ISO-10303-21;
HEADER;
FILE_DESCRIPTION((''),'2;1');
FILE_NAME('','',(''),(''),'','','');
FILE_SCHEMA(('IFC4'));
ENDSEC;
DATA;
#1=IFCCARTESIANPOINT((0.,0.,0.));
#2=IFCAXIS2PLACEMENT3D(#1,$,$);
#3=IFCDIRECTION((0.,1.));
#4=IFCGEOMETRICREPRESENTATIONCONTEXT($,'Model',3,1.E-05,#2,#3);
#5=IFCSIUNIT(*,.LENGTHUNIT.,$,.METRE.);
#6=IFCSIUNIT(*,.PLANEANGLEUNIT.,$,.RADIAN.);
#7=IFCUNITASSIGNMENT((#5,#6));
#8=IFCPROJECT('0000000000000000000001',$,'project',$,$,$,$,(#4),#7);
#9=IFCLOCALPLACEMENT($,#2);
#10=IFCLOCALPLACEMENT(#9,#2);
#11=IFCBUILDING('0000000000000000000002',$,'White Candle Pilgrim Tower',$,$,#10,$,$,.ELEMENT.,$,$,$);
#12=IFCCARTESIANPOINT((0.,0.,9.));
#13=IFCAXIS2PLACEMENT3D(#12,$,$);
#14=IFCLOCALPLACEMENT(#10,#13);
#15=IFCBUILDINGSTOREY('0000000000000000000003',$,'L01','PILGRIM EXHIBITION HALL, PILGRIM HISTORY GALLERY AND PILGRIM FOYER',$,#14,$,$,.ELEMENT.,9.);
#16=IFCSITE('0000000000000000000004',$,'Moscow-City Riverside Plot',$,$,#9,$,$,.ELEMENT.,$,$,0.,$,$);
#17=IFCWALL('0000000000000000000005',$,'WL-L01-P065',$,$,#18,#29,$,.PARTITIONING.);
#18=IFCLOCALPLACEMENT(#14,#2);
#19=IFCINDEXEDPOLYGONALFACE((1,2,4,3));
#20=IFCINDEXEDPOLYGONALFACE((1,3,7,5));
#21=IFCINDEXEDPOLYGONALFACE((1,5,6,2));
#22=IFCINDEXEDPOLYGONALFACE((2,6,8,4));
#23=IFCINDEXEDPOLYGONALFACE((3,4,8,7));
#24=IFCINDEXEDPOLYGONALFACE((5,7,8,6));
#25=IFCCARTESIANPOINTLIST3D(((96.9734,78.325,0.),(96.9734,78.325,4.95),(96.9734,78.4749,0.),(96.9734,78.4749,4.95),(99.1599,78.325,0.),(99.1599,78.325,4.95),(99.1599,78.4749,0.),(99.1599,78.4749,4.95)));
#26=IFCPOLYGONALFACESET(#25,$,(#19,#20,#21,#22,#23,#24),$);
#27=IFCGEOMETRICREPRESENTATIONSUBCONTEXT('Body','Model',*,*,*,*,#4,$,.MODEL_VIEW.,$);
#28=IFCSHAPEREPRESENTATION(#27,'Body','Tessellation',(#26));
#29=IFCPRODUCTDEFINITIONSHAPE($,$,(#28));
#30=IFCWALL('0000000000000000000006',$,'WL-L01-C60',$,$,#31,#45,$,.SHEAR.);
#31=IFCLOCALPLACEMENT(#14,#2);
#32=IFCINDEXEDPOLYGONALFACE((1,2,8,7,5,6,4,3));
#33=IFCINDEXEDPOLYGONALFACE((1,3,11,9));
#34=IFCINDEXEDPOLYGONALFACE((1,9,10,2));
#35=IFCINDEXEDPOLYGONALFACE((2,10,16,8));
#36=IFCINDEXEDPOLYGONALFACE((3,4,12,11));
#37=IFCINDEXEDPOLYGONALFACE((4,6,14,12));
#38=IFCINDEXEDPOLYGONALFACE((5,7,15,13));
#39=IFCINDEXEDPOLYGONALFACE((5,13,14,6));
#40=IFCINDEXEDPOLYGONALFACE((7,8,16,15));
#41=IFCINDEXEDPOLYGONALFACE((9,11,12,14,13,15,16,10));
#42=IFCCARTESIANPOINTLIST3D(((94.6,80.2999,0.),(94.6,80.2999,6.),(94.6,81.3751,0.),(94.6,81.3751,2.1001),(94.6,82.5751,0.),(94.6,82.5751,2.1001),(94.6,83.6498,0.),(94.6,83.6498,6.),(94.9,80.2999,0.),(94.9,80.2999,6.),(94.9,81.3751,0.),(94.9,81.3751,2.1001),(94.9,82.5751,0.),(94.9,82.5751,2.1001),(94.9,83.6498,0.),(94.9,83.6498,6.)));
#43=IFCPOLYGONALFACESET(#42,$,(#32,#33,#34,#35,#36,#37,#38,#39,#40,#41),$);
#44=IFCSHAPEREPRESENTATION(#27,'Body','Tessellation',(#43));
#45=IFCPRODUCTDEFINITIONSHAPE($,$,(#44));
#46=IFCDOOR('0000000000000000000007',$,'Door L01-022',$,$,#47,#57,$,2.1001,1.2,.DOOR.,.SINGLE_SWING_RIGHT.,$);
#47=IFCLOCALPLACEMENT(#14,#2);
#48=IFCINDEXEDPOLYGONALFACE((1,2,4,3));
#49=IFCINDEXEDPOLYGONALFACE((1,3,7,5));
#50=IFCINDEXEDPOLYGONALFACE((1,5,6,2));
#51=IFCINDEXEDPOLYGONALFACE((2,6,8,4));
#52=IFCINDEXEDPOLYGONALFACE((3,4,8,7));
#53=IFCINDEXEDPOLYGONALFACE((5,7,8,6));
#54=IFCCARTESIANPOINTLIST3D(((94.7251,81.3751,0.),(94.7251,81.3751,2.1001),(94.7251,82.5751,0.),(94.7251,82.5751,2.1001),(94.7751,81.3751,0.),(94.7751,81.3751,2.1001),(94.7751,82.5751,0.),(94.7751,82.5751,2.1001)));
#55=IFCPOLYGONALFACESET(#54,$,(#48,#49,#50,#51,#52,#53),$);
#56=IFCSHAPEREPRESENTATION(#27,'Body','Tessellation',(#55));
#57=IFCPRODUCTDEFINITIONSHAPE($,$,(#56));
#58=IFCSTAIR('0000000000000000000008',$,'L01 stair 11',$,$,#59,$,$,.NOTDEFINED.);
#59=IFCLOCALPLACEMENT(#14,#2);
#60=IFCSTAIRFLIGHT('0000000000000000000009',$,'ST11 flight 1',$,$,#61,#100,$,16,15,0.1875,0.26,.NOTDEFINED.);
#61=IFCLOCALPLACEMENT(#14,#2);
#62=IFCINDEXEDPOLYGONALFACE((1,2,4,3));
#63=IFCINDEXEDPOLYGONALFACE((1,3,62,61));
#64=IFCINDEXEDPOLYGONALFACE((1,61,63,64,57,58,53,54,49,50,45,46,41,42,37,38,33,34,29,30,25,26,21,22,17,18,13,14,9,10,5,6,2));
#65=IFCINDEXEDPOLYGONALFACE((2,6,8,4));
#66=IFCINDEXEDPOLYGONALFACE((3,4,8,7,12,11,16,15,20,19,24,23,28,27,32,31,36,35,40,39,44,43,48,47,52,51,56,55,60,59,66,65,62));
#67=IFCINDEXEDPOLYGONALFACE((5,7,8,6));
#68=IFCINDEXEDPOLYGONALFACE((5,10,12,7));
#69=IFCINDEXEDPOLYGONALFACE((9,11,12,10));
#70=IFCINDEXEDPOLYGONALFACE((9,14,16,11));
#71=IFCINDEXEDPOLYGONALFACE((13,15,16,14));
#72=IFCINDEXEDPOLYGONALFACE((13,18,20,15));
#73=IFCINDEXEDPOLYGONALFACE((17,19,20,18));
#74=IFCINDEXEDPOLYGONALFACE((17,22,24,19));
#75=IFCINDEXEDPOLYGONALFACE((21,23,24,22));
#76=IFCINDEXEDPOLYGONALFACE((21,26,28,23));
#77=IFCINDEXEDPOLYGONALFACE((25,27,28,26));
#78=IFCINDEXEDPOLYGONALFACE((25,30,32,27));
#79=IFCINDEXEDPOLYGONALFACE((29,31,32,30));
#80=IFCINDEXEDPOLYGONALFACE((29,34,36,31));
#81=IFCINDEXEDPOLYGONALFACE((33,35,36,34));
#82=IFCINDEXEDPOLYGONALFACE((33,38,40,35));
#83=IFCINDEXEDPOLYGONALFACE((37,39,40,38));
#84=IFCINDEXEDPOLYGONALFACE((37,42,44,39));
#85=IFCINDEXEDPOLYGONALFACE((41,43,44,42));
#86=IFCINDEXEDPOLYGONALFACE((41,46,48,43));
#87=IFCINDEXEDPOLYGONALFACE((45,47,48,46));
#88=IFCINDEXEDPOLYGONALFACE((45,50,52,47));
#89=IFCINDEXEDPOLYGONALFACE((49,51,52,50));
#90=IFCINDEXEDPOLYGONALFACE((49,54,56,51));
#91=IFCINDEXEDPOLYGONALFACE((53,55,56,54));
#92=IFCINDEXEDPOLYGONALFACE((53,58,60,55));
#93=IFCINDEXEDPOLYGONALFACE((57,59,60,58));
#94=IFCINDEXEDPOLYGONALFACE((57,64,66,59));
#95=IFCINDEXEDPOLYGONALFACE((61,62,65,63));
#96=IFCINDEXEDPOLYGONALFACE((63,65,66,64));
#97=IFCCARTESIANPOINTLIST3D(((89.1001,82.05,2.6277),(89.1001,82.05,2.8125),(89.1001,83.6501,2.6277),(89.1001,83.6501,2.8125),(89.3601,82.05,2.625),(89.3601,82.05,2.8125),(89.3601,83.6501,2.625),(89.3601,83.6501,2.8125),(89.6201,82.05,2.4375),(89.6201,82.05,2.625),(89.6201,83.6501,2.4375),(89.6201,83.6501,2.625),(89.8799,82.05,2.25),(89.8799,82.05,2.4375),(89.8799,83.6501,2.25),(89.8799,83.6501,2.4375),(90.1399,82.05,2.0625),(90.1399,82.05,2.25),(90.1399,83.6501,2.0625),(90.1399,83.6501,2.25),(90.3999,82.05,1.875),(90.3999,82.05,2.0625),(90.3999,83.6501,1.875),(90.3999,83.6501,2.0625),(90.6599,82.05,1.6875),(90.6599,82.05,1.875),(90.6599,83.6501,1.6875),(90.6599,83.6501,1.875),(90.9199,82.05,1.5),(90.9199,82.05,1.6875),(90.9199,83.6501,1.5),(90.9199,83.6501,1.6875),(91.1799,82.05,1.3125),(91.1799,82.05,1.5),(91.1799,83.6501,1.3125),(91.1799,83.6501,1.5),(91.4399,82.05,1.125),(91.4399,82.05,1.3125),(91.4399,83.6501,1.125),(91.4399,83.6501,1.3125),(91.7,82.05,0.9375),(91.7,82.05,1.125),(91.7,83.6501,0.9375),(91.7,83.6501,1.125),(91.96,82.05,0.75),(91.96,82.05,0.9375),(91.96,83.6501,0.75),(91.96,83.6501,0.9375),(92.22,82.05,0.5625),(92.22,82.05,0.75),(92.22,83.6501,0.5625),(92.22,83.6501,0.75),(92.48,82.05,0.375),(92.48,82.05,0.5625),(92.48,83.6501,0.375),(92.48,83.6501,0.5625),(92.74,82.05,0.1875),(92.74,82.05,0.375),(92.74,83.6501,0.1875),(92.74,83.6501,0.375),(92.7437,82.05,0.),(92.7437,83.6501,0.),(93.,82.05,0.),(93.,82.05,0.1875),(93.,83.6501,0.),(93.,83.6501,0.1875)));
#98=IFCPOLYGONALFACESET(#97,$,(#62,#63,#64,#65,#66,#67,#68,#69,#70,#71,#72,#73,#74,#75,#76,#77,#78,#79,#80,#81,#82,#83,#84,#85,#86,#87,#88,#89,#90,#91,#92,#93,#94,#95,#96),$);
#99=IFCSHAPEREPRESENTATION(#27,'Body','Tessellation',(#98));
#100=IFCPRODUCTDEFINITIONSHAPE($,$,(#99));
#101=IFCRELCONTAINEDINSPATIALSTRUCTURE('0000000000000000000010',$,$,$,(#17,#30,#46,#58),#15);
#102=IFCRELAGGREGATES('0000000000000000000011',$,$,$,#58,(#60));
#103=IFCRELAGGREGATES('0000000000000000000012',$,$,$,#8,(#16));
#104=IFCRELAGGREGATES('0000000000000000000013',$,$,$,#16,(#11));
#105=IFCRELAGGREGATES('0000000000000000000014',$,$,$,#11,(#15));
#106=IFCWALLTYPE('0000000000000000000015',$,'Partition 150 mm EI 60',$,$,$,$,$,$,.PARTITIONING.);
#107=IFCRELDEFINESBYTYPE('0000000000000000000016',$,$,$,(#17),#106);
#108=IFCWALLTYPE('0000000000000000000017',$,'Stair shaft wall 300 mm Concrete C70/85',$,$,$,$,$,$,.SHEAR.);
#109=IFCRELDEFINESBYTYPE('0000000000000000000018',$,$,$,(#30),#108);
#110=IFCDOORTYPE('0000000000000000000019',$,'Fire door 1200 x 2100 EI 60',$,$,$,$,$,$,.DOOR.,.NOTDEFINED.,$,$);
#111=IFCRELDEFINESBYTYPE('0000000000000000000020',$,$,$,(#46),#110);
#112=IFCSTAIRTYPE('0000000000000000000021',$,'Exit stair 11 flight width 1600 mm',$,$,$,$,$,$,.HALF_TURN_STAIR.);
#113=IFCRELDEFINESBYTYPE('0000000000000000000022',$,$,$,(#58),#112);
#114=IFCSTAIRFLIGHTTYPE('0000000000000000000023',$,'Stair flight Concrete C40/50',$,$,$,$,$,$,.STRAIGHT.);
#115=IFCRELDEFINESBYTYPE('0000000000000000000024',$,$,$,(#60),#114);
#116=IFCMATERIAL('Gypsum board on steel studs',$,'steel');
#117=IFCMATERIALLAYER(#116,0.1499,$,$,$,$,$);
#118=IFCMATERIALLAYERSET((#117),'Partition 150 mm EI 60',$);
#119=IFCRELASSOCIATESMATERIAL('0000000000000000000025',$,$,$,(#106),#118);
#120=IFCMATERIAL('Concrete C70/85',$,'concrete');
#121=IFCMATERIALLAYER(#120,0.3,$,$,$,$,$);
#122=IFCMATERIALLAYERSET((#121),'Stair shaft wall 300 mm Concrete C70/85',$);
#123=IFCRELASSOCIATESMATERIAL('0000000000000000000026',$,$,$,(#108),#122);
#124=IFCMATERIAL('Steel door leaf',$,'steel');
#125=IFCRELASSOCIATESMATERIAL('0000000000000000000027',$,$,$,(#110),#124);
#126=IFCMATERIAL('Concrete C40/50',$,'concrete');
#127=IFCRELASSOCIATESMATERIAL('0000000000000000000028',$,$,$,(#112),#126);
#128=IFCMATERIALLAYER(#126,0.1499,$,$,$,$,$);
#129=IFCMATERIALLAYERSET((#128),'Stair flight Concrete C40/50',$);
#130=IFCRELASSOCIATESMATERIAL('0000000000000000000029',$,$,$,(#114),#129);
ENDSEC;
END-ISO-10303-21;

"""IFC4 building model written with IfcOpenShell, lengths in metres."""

from ifc_helpers import new_model, si_unit, direction, frame, frame_2d, origin, place, context, subcontext, project, spatial, polyline, rectangle, outline, extrude, material, layer, layer_set, type_object, element, fill, aggregate, save


model = new_model("IFC4")

# Units and contexts
model_context = context("Model", 3, precision=1e-05, world=origin(), true_north=direction((0.0, 1.0)))
body_context = subcontext(model_context, "Body", "Model", "MODEL_VIEW")
ifc_project = project(units=[si_unit("LENGTHUNIT", "METRE"), si_unit("PLANEANGLEUNIT", "RADIAN")], contexts=[model_context])

# Site, building, storey
site_placement = place(None, origin())
site = spatial("IfcSite", under=ifc_project, at=site_placement, Name="Moscow-City Riverside Plot", CompositionType="ELEMENT", RefElevation=0.0)
building_placement = place(site_placement, origin())
building = spatial("IfcBuilding", under=site, at=building_placement, Name="White Candle Pilgrim Tower", CompositionType="ELEMENT")
storey_placement = place(building_placement, frame((0.0, 0.0, 9.0)))
storey = spatial("IfcBuildingStorey", under=building, at=storey_placement, Name="L01", Description="PILGRIM EXHIBITION HALL, PILGRIM HISTORY GALLERY AND PILGRIM FOYER", CompositionType="ELEMENT", Elevation=9.0)

# Shared definitions
ifc_material_1 = material(Name="Concrete C70/85", Category="concrete")

# Shared definitions
ifc_material_2 = material(Name="Gypsum board on steel studs", Category="steel")
ifc_material_3 = material(Name="Steel door leaf", Category="steel")

# Wall
ifc_layer_1 = layer(ifc_material_2, 0.1499)
ifc_layer_set_1 = layer_set([ifc_layer_1], Name="Partition 150 mm EI 60")
wall_type_1 = type_object("IfcWallType", Name="Partition 150 mm EI 60", PredefinedType="PARTITIONING", material=ifc_layer_set_1)
wall_1_placement = place(storey_placement, frame((96.9734, 78.3999, 0.0), z_axis=(0.0, 0.0, 1.0), x_axis=(1.0, 0.0, 0.0)))
element("IfcWall", 1, at=wall_1_placement, inside=storey, type_object=wall_type_1, Name="WL-L01-P065", PredefinedType="PARTITIONING", context=body_context, shape_type="SweptSolid", body=[
    extrude(rectangle(XDim=2.1865, YDim=0.1499, at=frame_2d((1.0933, 0.0))), origin(), (0.0, 0.0, 1.0), 4.95),
])

# Wall, opening, door
ifc_layer_2 = layer(ifc_material_1, 0.3)
ifc_layer_set_2 = layer_set([ifc_layer_2], Name="Stair shaft wall 300 mm Concrete C70/85")
wall_type_2 = type_object("IfcWallType", Name="Stair shaft wall 300 mm Concrete C70/85", PredefinedType="SHEAR", material=ifc_layer_set_2)
wall_2_placement = place(storey_placement, frame((94.75, 80.3, 0.0), z_axis=(0.0, 0.0, 1.0), x_axis=(0.0, 1.0, 0.0)))
wall_2 = element("IfcWall", 2, at=wall_2_placement, inside=storey, type_object=wall_type_2, Name="WL-L01-C60", PredefinedType="SHEAR", context=body_context, shape_type="SweptSolid", body=[
    extrude(rectangle(XDim=3.3499, YDim=0.3, at=frame_2d((1.6748, 0.0))), origin(), (0.0, 0.0, 1.0), 6.0),
])
opening_1_placement = place(wall_2_placement, frame((1.075, 0.0, 0.0)))
opening_1 = element("IfcOpeningElement", 3, at=opening_1_placement, cuts=wall_2, PredefinedType="OPENING", context=body_context, shape_type="SweptSolid", body=[
    extrude(rectangle(XDim=1.2, YDim=2.1001, at=frame_2d((0.6001, 1.05))), frame((0.0, 0.1599, 0.0), z_axis=(0.0, -1.0, 0.0), x_axis=(1.0, 0.0, 0.0)), (0.0, 0.0, 1.0), 0.3201),
])
door_type_1 = type_object("IfcDoorType", Name="Fire door 1200 x 2100 EI 60", OperationType="NOTDEFINED", PredefinedType="DOOR", material=ifc_material_3)
door_1_placement = place(opening_1_placement, origin())
door_1 = element("IfcDoor", 4, at=door_1_placement, inside=storey, type_object=door_type_1, Name="Door L01-022", OperationType="SINGLE_SWING_RIGHT", OverallHeight=2.1001, OverallWidth=1.2, PredefinedType="DOOR", context=body_context, shape_type="SweptSolid", body=[
    extrude(rectangle(XDim=1.2, YDim=2.1001, at=frame_2d((0.6001, 1.05))), frame((0.0, 0.0249, 0.0), z_axis=(0.0, -1.0, 0.0), x_axis=(1.0, 0.0, 0.0)), (0.0, 0.0, 1.0), 0.05),
])
fill(opening_1, door_1)

# Stair, stair flight
ifc_material_4 = material(Name="Concrete C40/50", Category="concrete")
stair_type = type_object("IfcStairType", Name="Exit stair 11 flight width 1600 mm", PredefinedType="HALF_TURN_STAIR", material=ifc_material_4)
stair_placement = place(storey_placement, origin())
stair = element("IfcStair", 5, at=stair_placement, inside=storey, type_object=stair_type, Name="L01 stair 11", PredefinedType="NOTDEFINED")
ifc_layer_3 = layer(ifc_material_4, 0.1499)
ifc_layer_set_3 = layer_set([ifc_layer_3], Name="Stair flight Concrete C40/50")
stair_flight_type = type_object("IfcStairFlightType", Name="Stair flight Concrete C40/50", PredefinedType="STRAIGHT", material=ifc_layer_set_3)
stair_flight_placement = place(storey_placement, frame((93.0, 82.8501, 0.0), z_axis=(0.0, 0.0, 1.0), x_axis=(-1.0, 0.0, 0.0)))
stair_flight = element("IfcStairFlight", 6, at=stair_flight_placement, type_object=stair_flight_type, Name="ST11 flight 1", NumberOfRisers=16, NumberOfTreads=15, PredefinedType="NOTDEFINED", RiserHeight=0.1875, TreadLength=0.26, context=body_context, shape_type="SweptSolid", body=[
    extrude(outline(polyline([(0.0, 0.0), (0.0, 0.1875), (0.26, 0.1875), (0.26, 0.375), (0.52, 0.375), (0.52, 0.5625), (0.78, 0.5625), (0.78, 0.75), (1.04, 0.75), (1.04, 0.9375), (1.3, 0.9375), (1.3, 1.125), (1.5601, 1.125), (1.5601, 1.3125), (1.8201, 1.3125), (1.8201, 1.5), (2.0801, 1.5), (2.0801, 1.6875), (2.3401, 1.6875), (2.3401, 1.875), (2.6001, 1.875), (2.6001, 2.0625), (2.8601, 2.0625), (2.8601, 2.25), (3.1201, 2.25), (3.1201, 2.4375), (3.3799, 2.4375), (3.3799, 2.625), (3.6399, 2.625), (3.6399, 2.8125), (3.8999, 2.8125), (3.8999, 3.0), (3.8999, 2.6277), (0.2563, 0.0), (0.0, 0.0)])), frame((0.0, 0.8, 0.0), z_axis=(0.0, -1.0, 0.0), x_axis=(1.0, 0.0, 0.0)), (0.0, 0.0, 1.0), 1.6001),
])
aggregate(stair, [stair_flight])

save(model, "model.ifc")
